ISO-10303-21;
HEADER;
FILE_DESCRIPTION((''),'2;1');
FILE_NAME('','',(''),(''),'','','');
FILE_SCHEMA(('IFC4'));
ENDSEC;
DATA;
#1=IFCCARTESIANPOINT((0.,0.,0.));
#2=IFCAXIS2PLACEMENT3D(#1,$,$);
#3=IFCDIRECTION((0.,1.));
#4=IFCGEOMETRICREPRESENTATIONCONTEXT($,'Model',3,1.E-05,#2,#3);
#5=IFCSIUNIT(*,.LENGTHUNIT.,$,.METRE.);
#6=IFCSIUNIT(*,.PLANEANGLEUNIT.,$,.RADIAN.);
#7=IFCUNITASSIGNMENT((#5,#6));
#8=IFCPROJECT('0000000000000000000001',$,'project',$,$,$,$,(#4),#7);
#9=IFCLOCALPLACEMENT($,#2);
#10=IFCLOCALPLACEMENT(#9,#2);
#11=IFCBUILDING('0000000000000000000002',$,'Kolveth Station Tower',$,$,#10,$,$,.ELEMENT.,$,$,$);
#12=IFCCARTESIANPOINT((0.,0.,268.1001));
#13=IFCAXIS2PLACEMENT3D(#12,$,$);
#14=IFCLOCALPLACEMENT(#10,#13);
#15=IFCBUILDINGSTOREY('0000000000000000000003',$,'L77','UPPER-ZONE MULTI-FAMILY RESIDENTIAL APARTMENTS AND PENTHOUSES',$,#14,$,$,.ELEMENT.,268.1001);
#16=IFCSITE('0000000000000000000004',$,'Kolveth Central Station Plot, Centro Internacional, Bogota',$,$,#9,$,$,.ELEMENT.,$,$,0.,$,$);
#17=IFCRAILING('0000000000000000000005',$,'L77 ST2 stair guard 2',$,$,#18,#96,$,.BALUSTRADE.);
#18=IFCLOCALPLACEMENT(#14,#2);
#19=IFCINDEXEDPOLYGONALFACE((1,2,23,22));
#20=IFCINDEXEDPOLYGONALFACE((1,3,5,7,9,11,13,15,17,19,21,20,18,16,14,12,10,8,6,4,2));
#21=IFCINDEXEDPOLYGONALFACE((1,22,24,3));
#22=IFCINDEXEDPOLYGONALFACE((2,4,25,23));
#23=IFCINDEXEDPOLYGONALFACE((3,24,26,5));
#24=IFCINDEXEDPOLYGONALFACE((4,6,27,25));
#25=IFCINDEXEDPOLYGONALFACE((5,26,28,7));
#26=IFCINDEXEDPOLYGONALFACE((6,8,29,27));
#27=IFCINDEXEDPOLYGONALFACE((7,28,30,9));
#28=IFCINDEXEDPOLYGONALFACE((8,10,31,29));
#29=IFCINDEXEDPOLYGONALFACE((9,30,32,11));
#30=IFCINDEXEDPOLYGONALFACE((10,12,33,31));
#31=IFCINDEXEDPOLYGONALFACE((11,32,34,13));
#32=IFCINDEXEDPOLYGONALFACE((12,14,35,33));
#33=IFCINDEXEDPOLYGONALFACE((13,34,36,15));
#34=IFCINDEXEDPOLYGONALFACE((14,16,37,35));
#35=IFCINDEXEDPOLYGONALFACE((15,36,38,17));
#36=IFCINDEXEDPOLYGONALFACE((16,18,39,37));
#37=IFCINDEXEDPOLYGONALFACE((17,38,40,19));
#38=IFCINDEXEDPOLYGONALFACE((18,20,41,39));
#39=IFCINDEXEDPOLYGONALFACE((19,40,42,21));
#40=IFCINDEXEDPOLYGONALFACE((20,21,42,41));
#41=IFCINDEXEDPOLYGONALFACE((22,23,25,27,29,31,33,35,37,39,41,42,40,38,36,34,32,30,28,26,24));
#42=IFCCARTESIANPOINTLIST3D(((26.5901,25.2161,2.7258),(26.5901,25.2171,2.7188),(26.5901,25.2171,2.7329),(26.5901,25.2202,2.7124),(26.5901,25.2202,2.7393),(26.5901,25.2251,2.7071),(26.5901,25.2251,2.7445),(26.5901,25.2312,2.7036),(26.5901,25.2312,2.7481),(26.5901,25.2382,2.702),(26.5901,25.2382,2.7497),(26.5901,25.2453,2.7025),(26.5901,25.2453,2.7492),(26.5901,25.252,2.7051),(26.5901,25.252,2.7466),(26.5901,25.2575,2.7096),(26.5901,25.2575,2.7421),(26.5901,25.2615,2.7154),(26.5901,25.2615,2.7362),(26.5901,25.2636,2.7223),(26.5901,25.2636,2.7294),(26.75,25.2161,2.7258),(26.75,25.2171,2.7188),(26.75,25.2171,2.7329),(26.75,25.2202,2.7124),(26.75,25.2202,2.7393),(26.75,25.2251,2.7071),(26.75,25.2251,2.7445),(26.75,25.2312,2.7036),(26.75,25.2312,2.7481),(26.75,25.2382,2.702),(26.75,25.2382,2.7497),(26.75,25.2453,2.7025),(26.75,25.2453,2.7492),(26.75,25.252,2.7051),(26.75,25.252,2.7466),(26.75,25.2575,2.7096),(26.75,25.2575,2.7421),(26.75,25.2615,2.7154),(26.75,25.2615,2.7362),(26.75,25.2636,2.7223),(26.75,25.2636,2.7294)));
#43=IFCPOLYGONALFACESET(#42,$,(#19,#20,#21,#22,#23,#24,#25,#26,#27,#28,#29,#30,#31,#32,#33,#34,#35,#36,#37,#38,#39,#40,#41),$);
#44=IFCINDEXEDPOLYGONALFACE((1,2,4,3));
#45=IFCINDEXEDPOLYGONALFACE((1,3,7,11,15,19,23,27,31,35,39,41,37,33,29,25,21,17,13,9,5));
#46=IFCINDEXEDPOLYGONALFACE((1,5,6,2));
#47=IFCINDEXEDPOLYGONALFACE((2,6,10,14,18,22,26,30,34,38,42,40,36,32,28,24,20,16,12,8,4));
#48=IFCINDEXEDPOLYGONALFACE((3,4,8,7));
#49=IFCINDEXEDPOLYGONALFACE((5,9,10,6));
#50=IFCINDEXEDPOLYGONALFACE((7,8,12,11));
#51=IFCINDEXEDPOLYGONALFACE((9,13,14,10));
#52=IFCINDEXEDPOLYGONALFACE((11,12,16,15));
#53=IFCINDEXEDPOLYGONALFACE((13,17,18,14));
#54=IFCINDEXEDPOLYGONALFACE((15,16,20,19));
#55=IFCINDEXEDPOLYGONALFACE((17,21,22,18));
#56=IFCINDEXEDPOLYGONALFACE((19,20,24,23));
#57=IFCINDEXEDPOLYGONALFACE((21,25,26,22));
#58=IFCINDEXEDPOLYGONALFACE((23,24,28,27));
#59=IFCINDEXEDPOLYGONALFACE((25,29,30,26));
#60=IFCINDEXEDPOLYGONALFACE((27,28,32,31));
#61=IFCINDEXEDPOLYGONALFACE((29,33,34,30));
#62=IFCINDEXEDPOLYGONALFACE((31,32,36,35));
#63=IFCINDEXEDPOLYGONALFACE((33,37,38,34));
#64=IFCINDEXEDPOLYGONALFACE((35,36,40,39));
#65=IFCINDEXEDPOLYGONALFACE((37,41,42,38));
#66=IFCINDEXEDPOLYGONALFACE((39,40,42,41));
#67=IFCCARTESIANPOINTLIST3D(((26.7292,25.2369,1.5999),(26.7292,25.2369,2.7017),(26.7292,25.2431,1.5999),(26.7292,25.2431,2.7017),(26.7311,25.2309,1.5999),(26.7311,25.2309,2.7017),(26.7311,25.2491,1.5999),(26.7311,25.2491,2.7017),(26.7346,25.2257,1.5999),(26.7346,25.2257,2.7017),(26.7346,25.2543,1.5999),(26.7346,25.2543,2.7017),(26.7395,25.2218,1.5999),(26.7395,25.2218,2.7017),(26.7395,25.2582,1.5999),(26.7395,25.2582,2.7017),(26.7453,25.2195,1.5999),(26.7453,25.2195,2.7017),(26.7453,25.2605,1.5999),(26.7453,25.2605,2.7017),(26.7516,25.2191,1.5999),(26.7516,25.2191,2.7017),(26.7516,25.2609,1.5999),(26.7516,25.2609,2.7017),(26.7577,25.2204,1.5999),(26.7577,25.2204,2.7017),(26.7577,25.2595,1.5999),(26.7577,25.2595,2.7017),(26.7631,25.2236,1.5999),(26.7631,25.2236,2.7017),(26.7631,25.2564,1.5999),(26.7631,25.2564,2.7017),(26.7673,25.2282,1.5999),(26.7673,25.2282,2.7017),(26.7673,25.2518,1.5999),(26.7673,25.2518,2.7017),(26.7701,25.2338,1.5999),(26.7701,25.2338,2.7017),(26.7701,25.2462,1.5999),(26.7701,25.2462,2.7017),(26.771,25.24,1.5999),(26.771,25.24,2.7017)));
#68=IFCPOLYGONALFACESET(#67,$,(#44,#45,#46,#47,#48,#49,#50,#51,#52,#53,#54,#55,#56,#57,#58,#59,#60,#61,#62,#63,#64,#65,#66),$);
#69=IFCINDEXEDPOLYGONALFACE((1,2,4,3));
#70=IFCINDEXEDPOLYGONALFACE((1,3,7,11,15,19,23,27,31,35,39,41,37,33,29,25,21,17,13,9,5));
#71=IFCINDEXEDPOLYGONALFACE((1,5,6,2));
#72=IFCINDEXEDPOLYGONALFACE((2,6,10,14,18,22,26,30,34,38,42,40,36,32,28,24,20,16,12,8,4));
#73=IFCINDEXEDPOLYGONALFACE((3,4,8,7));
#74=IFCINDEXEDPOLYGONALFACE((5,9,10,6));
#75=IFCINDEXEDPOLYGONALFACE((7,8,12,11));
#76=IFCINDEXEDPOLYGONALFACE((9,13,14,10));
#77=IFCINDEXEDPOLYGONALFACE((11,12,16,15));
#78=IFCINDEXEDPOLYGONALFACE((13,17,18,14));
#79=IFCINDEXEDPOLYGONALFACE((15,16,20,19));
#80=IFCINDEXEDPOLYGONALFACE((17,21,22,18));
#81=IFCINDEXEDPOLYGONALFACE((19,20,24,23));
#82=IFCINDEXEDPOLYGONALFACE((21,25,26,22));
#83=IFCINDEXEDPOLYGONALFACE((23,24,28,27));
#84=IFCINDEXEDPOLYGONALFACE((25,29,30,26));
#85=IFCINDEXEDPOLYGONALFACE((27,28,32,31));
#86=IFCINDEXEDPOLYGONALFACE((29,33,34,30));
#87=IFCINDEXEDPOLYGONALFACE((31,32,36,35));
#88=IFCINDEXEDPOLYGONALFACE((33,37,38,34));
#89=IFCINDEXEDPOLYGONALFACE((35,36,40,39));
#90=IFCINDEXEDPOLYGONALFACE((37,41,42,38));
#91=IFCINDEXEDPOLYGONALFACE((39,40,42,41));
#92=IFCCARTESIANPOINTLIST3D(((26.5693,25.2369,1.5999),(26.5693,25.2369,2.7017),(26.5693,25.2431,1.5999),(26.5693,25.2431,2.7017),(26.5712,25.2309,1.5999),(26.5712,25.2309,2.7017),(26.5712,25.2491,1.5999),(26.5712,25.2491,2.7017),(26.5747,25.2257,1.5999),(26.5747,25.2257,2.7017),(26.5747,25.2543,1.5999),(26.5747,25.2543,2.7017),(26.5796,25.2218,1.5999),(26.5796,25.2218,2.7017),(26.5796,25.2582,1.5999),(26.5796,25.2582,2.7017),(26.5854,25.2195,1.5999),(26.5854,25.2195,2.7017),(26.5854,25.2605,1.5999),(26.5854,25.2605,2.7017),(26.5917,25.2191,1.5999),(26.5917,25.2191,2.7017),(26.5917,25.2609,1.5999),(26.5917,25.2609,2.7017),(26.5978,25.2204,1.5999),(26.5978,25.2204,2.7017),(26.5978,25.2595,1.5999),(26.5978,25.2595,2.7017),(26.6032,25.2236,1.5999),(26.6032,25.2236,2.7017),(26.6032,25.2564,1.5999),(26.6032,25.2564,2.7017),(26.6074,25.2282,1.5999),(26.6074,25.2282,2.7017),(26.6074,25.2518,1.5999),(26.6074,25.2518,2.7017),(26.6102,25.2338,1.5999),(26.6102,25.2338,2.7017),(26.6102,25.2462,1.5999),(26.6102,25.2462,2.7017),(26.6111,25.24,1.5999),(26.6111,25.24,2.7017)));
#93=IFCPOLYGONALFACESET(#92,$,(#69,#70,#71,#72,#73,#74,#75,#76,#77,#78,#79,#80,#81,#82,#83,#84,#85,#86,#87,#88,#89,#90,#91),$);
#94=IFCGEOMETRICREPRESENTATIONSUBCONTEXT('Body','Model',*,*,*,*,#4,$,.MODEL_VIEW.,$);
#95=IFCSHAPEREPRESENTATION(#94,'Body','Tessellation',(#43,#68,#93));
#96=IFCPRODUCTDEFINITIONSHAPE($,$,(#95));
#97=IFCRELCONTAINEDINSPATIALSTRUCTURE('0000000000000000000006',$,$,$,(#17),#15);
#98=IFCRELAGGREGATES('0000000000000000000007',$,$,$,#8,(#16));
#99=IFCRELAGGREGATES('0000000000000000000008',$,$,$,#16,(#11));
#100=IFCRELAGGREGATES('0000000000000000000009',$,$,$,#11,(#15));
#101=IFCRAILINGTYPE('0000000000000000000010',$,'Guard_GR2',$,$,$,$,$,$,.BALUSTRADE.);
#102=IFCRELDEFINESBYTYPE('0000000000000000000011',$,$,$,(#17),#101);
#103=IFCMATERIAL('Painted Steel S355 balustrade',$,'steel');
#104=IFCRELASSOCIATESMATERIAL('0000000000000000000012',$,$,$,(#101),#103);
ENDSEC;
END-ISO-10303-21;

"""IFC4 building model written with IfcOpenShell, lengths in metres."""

from ifc_helpers import new_model, si_unit, direction, frame, origin, origin_2d, place, context, subcontext, project, spatial, circle, extrude, material, type_object, element, save


model = new_model("IFC4")

# Units and contexts
model_context = context("Model", 3, precision=1e-05, world=origin(), true_north=direction((0.0, 1.0)))
body_context = subcontext(model_context, "Body", "Model", "MODEL_VIEW")
ifc_project = project(units=[si_unit("LENGTHUNIT", "METRE"), si_unit("PLANEANGLEUNIT", "RADIAN")], contexts=[model_context])

# Site, building, storey
site_placement = place(None, origin())
site = spatial("IfcSite", under=ifc_project, at=site_placement, Name="Kolveth Central Station Plot, Centro Internacional, Bogota", CompositionType="ELEMENT", RefElevation=0.0)
building_placement = place(site_placement, origin())
building = spatial("IfcBuilding", under=site, at=building_placement, Name="Kolveth Station Tower", CompositionType="ELEMENT")
storey_placement = place(building_placement, frame((0.0, 0.0, 268.1001)))
storey = spatial("IfcBuildingStorey", under=building, at=storey_placement, Name="L77", Description="UPPER-ZONE MULTI-FAMILY RESIDENTIAL APARTMENTS AND PENTHOUSES", CompositionType="ELEMENT", Elevation=268.1001)

# Railing
ifc_material_1 = material(Name="Painted Steel S355 balustrade", Category="steel")
railing_type_1 = type_object("IfcRailingType", Name="Guard_GR2", PredefinedType="BALUSTRADE", material=ifc_material_1)
railing_1_placement = place(storey_placement, frame((26.75, 25.24, 1.5999)))
element("IfcRailing", 1, at=railing_1_placement, inside=storey, type_object=railing_type_1, Name="L77 ST2 stair guard 2", PredefinedType="BALUSTRADE", context=body_context, shape_type="SweptSolid", body=[
    extrude(circle(Radius=0.0239, at=origin_2d()), frame((0.0, 0.0, 1.126), z_axis=(-1.0, 0.0, 0.0), x_axis=(0.0, -1.0, 0.0)), (0.0, 0.0, 1.0), 0.1599),
    extrude(circle(Radius=0.021, at=origin_2d()), origin(), (0.0, 0.0, 1.0), 1.1018),
    extrude(circle(Radius=0.021, at=origin_2d()), frame((-0.1599, 0.0, 0.0)), (0.0, 0.0, 1.0), 1.1018),
])

save(model, "model.ifc")
